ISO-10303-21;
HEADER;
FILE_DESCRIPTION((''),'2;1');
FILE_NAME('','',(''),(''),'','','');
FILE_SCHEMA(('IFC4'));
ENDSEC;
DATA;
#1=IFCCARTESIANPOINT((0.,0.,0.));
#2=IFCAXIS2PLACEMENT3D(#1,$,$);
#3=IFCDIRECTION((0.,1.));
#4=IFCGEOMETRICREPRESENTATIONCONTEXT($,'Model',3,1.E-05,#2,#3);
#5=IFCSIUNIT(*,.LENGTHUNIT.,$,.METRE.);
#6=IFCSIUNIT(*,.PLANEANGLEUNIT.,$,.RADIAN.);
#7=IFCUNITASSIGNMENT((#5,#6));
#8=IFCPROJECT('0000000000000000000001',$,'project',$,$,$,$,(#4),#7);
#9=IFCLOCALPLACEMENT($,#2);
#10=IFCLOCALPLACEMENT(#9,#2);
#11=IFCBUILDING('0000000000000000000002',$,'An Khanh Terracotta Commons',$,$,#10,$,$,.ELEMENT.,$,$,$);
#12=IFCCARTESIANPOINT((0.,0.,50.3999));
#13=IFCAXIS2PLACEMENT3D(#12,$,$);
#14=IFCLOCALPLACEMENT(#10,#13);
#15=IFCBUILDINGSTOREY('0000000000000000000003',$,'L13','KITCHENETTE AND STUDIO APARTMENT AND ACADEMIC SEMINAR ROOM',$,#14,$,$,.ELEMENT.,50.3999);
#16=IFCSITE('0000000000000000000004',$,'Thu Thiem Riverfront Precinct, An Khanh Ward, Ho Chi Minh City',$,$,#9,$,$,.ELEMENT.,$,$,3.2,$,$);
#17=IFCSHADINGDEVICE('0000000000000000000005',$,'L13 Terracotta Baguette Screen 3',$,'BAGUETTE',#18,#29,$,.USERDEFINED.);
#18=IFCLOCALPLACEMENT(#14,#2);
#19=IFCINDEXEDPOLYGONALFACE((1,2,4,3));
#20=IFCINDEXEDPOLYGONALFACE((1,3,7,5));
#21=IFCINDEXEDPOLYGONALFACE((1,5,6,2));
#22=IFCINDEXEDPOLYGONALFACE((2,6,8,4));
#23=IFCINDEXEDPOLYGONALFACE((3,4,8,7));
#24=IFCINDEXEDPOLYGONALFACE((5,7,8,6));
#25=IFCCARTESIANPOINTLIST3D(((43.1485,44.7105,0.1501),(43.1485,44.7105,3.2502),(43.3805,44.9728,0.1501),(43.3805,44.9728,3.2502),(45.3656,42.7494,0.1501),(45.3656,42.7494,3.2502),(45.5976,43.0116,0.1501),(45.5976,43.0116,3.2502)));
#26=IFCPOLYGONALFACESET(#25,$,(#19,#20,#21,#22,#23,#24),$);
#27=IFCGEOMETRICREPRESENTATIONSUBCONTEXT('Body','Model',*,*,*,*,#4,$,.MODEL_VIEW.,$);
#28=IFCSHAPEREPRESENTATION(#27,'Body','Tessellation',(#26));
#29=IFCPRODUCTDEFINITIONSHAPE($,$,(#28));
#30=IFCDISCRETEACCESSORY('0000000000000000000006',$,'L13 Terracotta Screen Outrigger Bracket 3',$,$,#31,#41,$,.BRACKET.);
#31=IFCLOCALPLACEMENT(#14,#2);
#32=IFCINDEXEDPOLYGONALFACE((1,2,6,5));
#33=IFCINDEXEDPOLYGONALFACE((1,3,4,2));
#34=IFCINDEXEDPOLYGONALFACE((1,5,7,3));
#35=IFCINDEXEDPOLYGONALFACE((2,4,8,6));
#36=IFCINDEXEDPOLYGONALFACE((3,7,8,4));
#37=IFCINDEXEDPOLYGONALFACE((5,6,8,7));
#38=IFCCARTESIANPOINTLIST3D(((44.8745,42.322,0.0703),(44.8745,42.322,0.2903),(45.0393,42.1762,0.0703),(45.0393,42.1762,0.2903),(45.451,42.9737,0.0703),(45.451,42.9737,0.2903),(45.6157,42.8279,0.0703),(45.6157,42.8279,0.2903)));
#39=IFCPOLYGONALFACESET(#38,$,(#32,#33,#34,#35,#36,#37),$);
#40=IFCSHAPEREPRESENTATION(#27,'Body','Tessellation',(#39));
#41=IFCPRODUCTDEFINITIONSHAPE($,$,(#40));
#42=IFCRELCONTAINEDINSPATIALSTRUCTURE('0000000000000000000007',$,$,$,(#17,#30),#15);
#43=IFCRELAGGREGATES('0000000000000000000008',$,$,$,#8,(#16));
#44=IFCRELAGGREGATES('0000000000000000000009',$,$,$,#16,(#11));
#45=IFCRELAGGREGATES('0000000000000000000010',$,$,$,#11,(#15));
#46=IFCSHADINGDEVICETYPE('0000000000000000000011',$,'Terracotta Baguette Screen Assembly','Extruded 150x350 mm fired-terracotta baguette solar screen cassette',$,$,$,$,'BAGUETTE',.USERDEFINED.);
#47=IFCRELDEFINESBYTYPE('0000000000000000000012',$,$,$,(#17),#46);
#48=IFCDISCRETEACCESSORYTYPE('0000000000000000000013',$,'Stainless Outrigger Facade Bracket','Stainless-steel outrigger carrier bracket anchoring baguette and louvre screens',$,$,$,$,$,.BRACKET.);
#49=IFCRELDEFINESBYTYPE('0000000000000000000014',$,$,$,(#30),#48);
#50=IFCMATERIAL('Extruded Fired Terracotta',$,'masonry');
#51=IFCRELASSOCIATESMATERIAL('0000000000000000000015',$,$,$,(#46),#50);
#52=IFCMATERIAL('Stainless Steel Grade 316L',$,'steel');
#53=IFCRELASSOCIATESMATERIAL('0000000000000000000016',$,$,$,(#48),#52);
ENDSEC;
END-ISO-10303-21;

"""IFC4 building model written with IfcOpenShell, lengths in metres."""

from ifc_helpers import new_model, si_unit, direction, frame, origin, origin_2d, place, context, subcontext, project, spatial, rectangle, extrude, material, type_object, element, save


model = new_model("IFC4")

# Units and contexts
model_context = context("Model", 3, precision=1e-05, world=origin(), true_north=direction((0.0, 1.0)))
body_context = subcontext(model_context, "Body", "Model", "MODEL_VIEW")
ifc_project = project(units=[si_unit("LENGTHUNIT", "METRE"), si_unit("PLANEANGLEUNIT", "RADIAN")], contexts=[model_context])

# Site, building, storey
site_placement = place(None, origin())
site = spatial("IfcSite", under=ifc_project, at=site_placement, Name="Thu Thiem Riverfront Precinct, An Khanh Ward, Ho Chi Minh City", CompositionType="ELEMENT", RefElevation=3.2)
building_placement = place(site_placement, origin())
building = spatial("IfcBuilding", under=site, at=building_placement, Name="An Khanh Terracotta Commons", CompositionType="ELEMENT")
storey_placement = place(building_placement, frame((0.0, 0.0, 50.3999)))
storey = spatial("IfcBuildingStorey", under=building, at=storey_placement, Name="L13", Description="KITCHENETTE AND STUDIO APARTMENT AND ACADEMIC SEMINAR ROOM", CompositionType="ELEMENT", Elevation=50.3999)

# Shading device
ifc_material_1 = material(Name="Extruded Fired Terracotta", Category="masonry")
shading_device_type = type_object("IfcShadingDeviceType", Name="Terracotta Baguette Screen Assembly", Description="Extruded 150x350 mm fired-terracotta baguette solar screen cassette", ElementType="BAGUETTE", PredefinedType="USERDEFINED", material=ifc_material_1)
shading_device_placement = place(storey_placement, frame((44.373, 43.8611, 0.1501), z_axis=(0.0, 0.0, 1.0), x_axis=(-0.749019, 0.662548, 0.0)))
element("IfcShadingDevice", 1, at=shading_device_placement, inside=storey, type_object=shading_device_type, Name="L13 Terracotta Baguette Screen 3", ObjectType="BAGUETTE", PredefinedType="USERDEFINED", context=body_context, shape_type="SweptSolid", body=[
    extrude(rectangle(XDim=2.96, YDim=0.3501, at=origin_2d()), origin(), (0.0, 0.0, 1.0), 3.1001),
])

# Discrete accessory
ifc_material_2 = material(Name="Stainless Steel Grade 316L", Category="steel")
discrete_accessory_type = type_object("IfcDiscreteAccessoryType", Name="Stainless Outrigger Facade Bracket", Description="Stainless-steel outrigger carrier bracket anchoring baguette and louvre screens", PredefinedType="BRACKET", material=ifc_material_2)
discrete_accessory_placement = place(storey_placement, frame((45.2451, 42.575, 0.0703), z_axis=(0.0, 0.0, 1.0), x_axis=(-0.749019, 0.662548, 0.0)))
element("IfcDiscreteAccessory", 2, at=discrete_accessory_placement, inside=storey, type_object=discrete_accessory_type, Name="L13 Terracotta Screen Outrigger Bracket 3", PredefinedType="BRACKET", context=body_context, shape_type="SweptSolid", body=[
    extrude(rectangle(XDim=0.22, YDim=0.8701, at=origin_2d()), origin(), (0.0, 0.0, 1.0), 0.22),
])

save(model, "model.ifc")
